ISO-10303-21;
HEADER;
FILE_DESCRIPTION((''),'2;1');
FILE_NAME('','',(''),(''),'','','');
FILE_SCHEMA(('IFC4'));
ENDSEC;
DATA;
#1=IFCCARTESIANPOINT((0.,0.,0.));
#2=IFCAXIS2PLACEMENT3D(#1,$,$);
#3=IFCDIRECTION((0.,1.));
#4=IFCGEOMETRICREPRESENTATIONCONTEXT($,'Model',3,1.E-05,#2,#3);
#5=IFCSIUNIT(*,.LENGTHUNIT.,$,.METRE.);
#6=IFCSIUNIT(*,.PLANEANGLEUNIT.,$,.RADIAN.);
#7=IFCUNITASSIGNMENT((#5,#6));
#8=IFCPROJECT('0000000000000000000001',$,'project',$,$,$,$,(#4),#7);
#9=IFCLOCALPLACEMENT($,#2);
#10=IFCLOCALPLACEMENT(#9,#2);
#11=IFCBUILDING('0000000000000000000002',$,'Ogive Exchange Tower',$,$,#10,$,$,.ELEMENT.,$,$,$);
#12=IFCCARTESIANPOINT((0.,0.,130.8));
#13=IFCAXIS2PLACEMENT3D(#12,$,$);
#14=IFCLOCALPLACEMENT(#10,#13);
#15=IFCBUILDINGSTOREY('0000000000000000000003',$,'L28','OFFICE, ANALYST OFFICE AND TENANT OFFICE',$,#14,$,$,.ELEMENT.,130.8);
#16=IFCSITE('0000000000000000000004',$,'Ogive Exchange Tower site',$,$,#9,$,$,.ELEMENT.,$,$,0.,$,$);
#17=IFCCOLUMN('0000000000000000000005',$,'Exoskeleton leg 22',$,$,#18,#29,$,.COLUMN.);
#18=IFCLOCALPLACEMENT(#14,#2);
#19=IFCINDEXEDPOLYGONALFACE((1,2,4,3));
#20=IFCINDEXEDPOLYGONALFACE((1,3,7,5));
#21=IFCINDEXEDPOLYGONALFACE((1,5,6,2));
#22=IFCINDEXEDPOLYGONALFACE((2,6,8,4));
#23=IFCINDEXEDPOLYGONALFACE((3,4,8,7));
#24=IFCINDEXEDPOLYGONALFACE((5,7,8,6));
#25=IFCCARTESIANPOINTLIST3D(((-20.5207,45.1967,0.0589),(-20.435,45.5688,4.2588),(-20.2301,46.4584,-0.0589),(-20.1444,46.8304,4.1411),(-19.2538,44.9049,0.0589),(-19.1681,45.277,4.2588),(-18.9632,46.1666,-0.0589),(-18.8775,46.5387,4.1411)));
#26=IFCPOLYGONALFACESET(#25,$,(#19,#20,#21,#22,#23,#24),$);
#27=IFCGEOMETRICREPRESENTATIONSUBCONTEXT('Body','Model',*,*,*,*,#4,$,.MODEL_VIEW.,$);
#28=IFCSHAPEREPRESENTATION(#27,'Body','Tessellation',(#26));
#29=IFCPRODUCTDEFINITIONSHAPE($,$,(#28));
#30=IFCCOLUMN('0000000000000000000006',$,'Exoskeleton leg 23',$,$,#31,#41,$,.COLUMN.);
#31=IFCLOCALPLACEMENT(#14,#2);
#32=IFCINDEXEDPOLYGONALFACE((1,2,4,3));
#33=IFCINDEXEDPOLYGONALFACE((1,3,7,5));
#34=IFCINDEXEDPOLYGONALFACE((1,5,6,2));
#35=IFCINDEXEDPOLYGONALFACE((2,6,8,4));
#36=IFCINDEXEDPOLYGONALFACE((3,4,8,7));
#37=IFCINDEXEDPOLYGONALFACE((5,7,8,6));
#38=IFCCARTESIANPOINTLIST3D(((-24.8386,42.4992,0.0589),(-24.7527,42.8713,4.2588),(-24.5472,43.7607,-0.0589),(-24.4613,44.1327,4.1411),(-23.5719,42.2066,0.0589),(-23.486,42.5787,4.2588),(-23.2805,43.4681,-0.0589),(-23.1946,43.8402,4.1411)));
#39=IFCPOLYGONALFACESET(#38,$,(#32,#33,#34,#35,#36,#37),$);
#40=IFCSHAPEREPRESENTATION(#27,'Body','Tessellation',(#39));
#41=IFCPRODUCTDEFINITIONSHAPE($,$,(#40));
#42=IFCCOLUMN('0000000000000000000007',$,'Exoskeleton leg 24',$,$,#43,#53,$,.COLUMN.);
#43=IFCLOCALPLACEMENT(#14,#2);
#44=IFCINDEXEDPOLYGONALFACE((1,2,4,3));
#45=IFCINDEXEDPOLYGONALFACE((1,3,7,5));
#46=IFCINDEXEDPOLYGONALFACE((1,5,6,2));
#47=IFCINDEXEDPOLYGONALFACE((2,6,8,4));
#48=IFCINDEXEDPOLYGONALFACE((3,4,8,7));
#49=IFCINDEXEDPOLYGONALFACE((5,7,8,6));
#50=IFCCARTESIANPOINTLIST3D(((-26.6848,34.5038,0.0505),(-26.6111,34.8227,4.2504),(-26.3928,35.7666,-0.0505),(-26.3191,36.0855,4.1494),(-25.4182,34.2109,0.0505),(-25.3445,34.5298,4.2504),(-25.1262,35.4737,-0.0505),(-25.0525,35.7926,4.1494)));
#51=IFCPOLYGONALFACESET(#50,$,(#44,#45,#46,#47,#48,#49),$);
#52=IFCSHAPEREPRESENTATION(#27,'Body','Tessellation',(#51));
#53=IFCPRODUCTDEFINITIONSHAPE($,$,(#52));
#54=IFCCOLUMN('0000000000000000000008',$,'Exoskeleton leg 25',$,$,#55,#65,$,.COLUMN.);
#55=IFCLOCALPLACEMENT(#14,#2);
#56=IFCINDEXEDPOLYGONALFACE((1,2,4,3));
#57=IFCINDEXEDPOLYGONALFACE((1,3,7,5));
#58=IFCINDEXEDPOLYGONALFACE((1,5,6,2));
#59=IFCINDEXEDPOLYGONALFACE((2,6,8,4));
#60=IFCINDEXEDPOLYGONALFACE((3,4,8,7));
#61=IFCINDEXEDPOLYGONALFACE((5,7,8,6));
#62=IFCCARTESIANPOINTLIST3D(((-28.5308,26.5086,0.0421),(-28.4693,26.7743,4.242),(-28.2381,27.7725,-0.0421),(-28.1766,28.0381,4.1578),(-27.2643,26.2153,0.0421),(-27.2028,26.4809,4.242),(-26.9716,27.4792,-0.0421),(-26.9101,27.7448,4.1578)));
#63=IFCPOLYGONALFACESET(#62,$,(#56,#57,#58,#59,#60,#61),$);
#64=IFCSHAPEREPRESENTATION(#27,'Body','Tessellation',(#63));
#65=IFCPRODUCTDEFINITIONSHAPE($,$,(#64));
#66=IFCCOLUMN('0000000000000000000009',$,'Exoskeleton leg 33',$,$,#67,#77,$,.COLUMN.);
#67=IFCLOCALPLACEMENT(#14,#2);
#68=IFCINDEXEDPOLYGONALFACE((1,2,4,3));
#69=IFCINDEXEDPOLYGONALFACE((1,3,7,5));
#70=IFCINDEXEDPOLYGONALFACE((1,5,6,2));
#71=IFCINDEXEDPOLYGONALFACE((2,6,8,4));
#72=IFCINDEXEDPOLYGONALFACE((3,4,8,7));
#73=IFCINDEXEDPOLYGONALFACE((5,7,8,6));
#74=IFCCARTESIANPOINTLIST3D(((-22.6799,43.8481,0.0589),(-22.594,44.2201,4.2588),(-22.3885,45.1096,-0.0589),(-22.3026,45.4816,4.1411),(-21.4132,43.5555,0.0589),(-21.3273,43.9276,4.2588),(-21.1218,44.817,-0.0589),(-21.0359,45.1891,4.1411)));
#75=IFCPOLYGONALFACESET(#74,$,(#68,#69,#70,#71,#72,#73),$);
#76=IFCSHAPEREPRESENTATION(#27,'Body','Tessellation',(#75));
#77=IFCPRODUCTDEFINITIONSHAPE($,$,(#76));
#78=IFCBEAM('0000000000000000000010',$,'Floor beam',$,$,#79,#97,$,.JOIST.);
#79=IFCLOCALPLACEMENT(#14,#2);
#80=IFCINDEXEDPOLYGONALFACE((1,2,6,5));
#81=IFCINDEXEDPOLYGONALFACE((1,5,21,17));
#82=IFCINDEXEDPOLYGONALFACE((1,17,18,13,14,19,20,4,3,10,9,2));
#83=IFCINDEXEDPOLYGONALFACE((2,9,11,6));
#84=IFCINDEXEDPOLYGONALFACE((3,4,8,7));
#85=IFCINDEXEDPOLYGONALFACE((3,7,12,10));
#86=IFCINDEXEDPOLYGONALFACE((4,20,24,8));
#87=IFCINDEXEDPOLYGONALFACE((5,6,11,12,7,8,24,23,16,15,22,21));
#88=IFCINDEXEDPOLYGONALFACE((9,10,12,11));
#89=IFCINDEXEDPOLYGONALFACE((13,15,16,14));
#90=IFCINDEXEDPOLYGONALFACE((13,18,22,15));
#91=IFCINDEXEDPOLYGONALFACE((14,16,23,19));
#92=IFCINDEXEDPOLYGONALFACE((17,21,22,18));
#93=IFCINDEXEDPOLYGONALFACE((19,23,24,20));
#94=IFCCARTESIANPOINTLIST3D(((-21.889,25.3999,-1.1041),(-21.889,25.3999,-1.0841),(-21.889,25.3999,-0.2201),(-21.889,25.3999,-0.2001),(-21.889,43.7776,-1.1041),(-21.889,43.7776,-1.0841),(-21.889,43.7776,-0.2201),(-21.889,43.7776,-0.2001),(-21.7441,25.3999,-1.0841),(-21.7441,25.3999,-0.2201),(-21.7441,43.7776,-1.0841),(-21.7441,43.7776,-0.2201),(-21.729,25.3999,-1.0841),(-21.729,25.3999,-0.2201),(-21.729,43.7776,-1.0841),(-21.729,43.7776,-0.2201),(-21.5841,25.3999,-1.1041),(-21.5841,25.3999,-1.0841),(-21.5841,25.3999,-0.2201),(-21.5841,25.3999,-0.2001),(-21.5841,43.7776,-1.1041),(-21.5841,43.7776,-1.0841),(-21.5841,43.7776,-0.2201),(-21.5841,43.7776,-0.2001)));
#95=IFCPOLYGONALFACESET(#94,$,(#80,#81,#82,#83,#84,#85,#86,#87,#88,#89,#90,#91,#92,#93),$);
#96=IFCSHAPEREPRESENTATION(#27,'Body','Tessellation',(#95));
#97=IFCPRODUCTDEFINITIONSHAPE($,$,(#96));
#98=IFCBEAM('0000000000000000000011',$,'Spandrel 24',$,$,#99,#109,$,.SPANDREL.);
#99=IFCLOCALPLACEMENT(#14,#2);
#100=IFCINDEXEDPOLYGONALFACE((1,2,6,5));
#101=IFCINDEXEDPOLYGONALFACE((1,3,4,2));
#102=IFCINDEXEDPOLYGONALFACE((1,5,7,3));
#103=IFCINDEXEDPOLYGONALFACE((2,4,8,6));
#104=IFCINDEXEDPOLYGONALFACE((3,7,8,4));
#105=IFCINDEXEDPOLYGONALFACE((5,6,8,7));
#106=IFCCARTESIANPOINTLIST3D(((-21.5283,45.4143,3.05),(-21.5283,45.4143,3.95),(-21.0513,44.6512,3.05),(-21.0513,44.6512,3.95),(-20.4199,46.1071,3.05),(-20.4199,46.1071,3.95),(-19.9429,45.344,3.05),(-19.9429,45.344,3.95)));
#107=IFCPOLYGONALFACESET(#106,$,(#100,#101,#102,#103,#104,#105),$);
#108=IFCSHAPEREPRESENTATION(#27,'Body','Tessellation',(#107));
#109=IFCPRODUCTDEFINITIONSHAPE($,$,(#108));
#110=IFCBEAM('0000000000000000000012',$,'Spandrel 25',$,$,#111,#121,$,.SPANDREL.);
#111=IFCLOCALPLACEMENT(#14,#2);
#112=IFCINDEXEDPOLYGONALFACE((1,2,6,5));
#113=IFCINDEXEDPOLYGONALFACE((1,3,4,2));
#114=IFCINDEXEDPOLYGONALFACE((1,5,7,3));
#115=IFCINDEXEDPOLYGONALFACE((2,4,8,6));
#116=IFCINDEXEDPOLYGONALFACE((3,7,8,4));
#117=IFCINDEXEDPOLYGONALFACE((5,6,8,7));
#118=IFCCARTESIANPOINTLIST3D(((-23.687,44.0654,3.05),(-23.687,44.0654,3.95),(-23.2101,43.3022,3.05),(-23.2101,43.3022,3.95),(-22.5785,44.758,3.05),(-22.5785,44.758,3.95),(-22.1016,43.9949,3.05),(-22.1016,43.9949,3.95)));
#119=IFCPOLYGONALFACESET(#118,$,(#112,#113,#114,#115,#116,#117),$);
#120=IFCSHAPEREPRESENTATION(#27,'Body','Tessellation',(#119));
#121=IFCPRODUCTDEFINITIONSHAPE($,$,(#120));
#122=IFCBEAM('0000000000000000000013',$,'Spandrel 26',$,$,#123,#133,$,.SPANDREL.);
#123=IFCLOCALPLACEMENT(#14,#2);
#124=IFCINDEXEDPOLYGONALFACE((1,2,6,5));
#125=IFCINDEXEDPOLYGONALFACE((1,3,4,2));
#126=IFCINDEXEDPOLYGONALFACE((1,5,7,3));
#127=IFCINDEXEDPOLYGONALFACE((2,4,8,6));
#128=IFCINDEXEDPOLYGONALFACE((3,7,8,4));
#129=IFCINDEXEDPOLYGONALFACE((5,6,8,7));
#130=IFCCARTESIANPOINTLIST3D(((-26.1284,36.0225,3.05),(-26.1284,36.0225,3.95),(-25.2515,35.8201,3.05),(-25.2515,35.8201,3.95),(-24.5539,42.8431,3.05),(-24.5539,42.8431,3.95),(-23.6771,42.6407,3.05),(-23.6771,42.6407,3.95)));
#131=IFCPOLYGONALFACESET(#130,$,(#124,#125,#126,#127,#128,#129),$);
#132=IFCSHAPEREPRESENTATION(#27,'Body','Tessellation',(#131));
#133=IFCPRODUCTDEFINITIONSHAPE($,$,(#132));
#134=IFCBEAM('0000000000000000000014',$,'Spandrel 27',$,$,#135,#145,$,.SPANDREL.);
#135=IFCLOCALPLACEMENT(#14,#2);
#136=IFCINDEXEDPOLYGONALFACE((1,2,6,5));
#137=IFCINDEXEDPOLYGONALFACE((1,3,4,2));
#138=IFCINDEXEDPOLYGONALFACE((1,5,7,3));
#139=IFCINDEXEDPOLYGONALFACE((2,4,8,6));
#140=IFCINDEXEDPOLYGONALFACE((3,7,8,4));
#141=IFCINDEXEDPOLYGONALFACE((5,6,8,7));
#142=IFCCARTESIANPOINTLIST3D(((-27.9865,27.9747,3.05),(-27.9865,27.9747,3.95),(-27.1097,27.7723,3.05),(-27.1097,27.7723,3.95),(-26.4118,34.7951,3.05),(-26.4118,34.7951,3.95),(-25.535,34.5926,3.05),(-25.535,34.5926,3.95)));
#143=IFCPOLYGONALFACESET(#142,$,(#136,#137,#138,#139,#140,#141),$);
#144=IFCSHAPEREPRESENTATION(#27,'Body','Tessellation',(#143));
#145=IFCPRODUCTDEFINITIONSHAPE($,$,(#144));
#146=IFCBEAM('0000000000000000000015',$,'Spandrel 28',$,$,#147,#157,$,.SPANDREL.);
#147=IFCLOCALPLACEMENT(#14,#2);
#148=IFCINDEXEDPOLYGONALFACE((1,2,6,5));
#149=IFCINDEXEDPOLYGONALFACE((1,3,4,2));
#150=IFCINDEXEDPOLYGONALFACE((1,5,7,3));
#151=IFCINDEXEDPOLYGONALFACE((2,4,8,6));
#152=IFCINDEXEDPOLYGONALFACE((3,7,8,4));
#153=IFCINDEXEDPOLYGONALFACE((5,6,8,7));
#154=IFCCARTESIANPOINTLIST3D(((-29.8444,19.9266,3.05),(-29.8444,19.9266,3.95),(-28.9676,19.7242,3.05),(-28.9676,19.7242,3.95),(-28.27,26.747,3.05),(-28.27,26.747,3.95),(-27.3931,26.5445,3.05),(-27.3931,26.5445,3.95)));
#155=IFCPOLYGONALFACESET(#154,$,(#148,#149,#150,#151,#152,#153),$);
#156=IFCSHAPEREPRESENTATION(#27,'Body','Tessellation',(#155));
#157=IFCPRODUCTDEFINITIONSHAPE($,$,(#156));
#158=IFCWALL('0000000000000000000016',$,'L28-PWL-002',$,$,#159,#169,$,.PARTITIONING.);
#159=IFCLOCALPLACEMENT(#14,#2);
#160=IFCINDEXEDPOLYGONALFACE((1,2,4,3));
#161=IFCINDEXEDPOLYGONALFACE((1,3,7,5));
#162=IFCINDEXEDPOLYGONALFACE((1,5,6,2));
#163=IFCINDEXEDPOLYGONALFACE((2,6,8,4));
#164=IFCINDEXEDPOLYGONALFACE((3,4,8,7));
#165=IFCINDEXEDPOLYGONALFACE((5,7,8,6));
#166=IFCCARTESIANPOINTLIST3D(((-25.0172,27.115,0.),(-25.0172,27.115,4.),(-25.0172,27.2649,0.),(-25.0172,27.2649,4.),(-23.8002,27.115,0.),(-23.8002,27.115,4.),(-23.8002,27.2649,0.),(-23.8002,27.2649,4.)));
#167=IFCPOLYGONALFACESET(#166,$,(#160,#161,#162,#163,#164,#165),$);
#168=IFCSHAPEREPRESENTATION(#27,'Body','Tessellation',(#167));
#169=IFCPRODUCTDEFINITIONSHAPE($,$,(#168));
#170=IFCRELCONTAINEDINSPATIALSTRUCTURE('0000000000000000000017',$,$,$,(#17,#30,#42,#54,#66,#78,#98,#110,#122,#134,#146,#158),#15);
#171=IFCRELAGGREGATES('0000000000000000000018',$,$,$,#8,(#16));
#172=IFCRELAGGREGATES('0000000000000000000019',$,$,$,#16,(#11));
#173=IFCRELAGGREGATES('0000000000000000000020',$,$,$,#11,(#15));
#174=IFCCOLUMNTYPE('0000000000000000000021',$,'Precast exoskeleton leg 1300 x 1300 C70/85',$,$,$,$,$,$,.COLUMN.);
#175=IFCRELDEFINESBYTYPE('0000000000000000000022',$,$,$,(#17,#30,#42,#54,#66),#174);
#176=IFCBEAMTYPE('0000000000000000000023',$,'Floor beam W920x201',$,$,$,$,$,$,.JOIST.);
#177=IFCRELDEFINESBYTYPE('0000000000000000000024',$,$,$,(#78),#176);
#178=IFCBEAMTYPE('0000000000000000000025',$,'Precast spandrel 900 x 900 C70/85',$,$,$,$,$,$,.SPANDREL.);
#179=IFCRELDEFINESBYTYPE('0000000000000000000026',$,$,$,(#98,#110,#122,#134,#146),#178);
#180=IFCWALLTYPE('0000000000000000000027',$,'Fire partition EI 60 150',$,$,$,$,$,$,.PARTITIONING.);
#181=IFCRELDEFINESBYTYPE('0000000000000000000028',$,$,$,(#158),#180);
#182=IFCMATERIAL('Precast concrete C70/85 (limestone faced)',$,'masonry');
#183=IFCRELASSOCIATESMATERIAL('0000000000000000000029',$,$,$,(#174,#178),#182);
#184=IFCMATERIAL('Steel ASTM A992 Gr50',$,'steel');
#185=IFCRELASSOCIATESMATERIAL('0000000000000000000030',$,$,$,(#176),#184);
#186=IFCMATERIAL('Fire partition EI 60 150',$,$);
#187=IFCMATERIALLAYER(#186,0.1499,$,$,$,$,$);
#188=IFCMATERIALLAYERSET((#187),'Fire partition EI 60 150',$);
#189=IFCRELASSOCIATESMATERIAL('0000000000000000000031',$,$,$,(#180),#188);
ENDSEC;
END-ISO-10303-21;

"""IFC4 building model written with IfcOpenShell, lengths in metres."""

from ifc_helpers import new_model, si_unit, direction, frame, frame_2d, origin, origin_2d, place, context, subcontext, project, spatial, rectangle, i_section, extrude, material, layer, layer_set, material_profile, profile_set, type_object, element, save


model = new_model("IFC4")

# Units and contexts
model_context = context("Model", 3, precision=1e-05, world=origin(), true_north=direction((0.0, 1.0)))
body_context = subcontext(model_context, "Body", "Model", "MODEL_VIEW")
ifc_project = project(units=[si_unit("LENGTHUNIT", "METRE"), si_unit("PLANEANGLEUNIT", "RADIAN")], contexts=[model_context])

# Site, building, storey
site_placement = place(None, origin())
site = spatial("IfcSite", under=ifc_project, at=site_placement, Name="Ogive Exchange Tower site", CompositionType="ELEMENT", RefElevation=0.0)
building_placement = place(site_placement, origin())
building = spatial("IfcBuilding", under=site, at=building_placement, Name="Ogive Exchange Tower", CompositionType="ELEMENT")
storey_placement = place(building_placement, frame((0.0, 0.0, 130.8)))
storey = spatial("IfcBuildingStorey", under=building, at=storey_placement, Name="L28", Description="OFFICE, ANALYST OFFICE AND TENANT OFFICE", CompositionType="ELEMENT", Elevation=130.8)

# Columns
ifc_material_1 = material(Name="Precast concrete C70/85 (limestone faced)", Category="masonry")
ifc_material_profile_1 = material_profile(ifc_material_1, rectangle(XDim=1.3, YDim=1.3, at=origin_2d()), Name="1300 x 1300")
ifc_profile_set_1 = profile_set([ifc_material_profile_1], Name="Precast concrete C70/85 (limestone faced)")
column_type = type_object("IfcColumnType", Name="Precast exoskeleton leg 1300 x 1300 C70/85", PredefinedType="COLUMN", material=ifc_profile_set_1)
for number, where, z_axis, x_axis, name in (
    (1, (-19.7419, 45.6816, 0.0), (0.02032, 0.088225, 0.995893), (-0.974488, 0.224439, 0.0), "Exoskeleton leg 22"),
    (2, (-24.0596, 42.9836, 0.0), (0.020377, 0.088225, 0.995892), (-0.974348, 0.225046, 0.0), "Exoskeleton leg 23"),
):
    element("IfcColumn", number, at=place(storey_placement, frame(where, z_axis=z_axis, x_axis=x_axis)), inside=storey, type_object=column_type, Name=name, PredefinedType="COLUMN", context=body_context, shape_type="SweptSolid", body=[
        extrude(rectangle(XDim=1.3, YDim=1.3, at=origin_2d()), origin(), (0.0, 0.0, 1.0), 4.2173),
    ])
column_1_placement = place(storey_placement, frame((-25.9055, 34.9888, 0.0), z_axis=(0.017502, 0.075688, 0.996978), x_axis=(-0.974291, 0.225295, 0.0)))
element("IfcColumn", 3, at=column_1_placement, inside=storey, type_object=column_type, Name="Exoskeleton leg 24", PredefinedType="COLUMN", context=body_context, shape_type="SweptSolid", body=[
    extrude(rectangle(XDim=1.3, YDim=1.3, at=origin_2d()), origin(), (0.0, 0.0, 1.0), 4.2126),
])
column_2_placement = place(storey_placement, frame((-27.7512, 26.9939, 0.0), z_axis=(0.014618, 0.063112, 0.997899), x_axis=(-0.97421, 0.225644, 0.0)))
element("IfcColumn", 4, at=column_2_placement, inside=storey, type_object=column_type, Name="Exoskeleton leg 25", PredefinedType="COLUMN", context=body_context, shape_type="SweptSolid", body=[
    extrude(rectangle(XDim=1.3, YDim=1.3, at=origin_2d()), origin(), (0.0, 0.0, 1.0), 4.2087),
])
column_3_placement = place(storey_placement, frame((-21.9009, 44.3325, 0.0), z_axis=(0.020377, 0.088225, 0.995892), x_axis=(-0.974348, 0.225046, 0.0)))
element("IfcColumn", 5, at=column_3_placement, inside=storey, type_object=column_type, Name="Exoskeleton leg 33", PredefinedType="COLUMN", context=body_context, shape_type="SweptSolid", body=[
    extrude(rectangle(XDim=1.3, YDim=1.3, at=origin_2d()), origin(), (0.0, 0.0, 1.0), 4.2173),
])

# Beams
ifc_material_2 = material(Name="Steel ASTM A992 Gr50", Category="steel")
ifc_material_profile_2 = material_profile(ifc_material_2, i_section(OverallWidth=0.3049, OverallDepth=0.9041, WebThickness=0.0151, FlangeThickness=0.02, at=origin_2d()), Name="W920x201")
ifc_profile_set_2 = profile_set([ifc_material_profile_2], Name="Steel ASTM A992 Gr50")
beam_type_1 = type_object("IfcBeamType", Name="Floor beam W920x201", PredefinedType="JOIST", material=ifc_profile_set_2)
beam_1_placement = place(storey_placement, frame((-21.7366, 25.3999, -0.6521), z_axis=(0.0, 1.0, 0.0), x_axis=(-1.0, 0.0, 0.0)))
element("IfcBeam", 6, at=beam_1_placement, inside=storey, type_object=beam_type_1, Name="Floor beam", PredefinedType="JOIST", context=body_context, shape_type="SweptSolid", body=[
    extrude(i_section(OverallWidth=0.3049, OverallDepth=0.9041, WebThickness=0.0151, FlangeThickness=0.02, at=origin_2d()), origin(), (0.0, 0.0, 1.0), 18.3777),
])
ifc_material_profile_3 = material_profile(ifc_material_1, rectangle(XDim=0.8999, YDim=0.8999, at=origin_2d()), Name="900 x 900")
ifc_profile_set_3 = profile_set([ifc_material_profile_3], Name="Precast concrete C70/85 (limestone faced)")
beam_type_2 = type_object("IfcBeamType", Name="Precast spandrel 900 x 900 C70/85", PredefinedType="SPANDREL", material=ifc_profile_set_3)
for number, where, z_axis, x_axis, name in (
    (7, (-20.1814, 45.7256, 3.5), (-0.847956, -0.530066, 0.0), (0.530066, -0.847956, 0.0), "Spandrel 24"),
    (8, (-22.3401, 44.3765, 3.5), (-0.84804, -0.529932, 0.0), (0.529932, -0.84804, 0.0), "Spandrel 25"),
):
    element("IfcBeam", number, at=place(storey_placement, frame(where, z_axis=z_axis, x_axis=x_axis)), inside=storey, type_object=beam_type_2, Name=name, PredefinedType="SPANDREL", context=body_context, shape_type="SweptSolid", body=[
        extrude(rectangle(XDim=0.8999, YDim=0.8999, at=origin_2d()), origin(), (0.0, 0.0, 1.0), 1.3071),
    ])
beam_2_placement = place(storey_placement, frame((-24.1155, 42.7419, 3.5), z_axis=(-0.224926, -0.974376, 0.0), x_axis=(0.974376, -0.224926, 0.0)))
element("IfcBeam", 9, at=beam_2_placement, inside=storey, type_object=beam_type_2, Name="Spandrel 26", PredefinedType="SPANDREL", context=body_context, shape_type="SweptSolid", body=[
    extrude(rectangle(XDim=0.8999, YDim=0.8999, at=origin_2d()), origin(), (0.0, 0.0, 1.0), 7.0),
])
for number, where, z_axis, x_axis, name in (
    (10, (-25.9734, 34.6938, 3.5), (-0.224966, -0.974367, 0.0), (0.974367, -0.224966, 0.0), "Spandrel 27"),
    (11, (-27.8315, 26.6458, 3.5), (-0.224933, -0.974374, 0.0), (0.974374, -0.224933, 0.0), "Spandrel 28"),
):
    element("IfcBeam", number, at=place(storey_placement, frame(where, z_axis=z_axis, x_axis=x_axis)), inside=storey, type_object=beam_type_2, Name=name, PredefinedType="SPANDREL", context=body_context, shape_type="SweptSolid", body=[
        extrude(rectangle(XDim=0.8999, YDim=0.8999, at=origin_2d()), origin(), (0.0, 0.0, 1.0), 6.9998),
    ])

# Wall
ifc_material_3 = material(Name="Fire partition EI 60 150")
ifc_layer_1 = layer(ifc_material_3, 0.1499)
ifc_layer_set_1 = layer_set([ifc_layer_1], Name="Fire partition EI 60 150")
wall_type_1 = type_object("IfcWallType", Name="Fire partition EI 60 150", PredefinedType="PARTITIONING", material=ifc_layer_set_1)
wall_1_placement = place(storey_placement, frame((-25.0171, 27.1899, 0.0), z_axis=(0.0, 0.0, 1.0), x_axis=(1.0, 0.0, 0.0)))
element("IfcWall", 12, at=wall_1_placement, inside=storey, type_object=wall_type_1, Name="L28-PWL-002", PredefinedType="PARTITIONING", context=body_context, shape_type="SweptSolid", body=[
    extrude(rectangle(XDim=1.217, YDim=0.1499, at=frame_2d((0.6084, 0.0))), origin(), (0.0, 0.0, 1.0), 4.0),
])

save(model, "model.ifc")
